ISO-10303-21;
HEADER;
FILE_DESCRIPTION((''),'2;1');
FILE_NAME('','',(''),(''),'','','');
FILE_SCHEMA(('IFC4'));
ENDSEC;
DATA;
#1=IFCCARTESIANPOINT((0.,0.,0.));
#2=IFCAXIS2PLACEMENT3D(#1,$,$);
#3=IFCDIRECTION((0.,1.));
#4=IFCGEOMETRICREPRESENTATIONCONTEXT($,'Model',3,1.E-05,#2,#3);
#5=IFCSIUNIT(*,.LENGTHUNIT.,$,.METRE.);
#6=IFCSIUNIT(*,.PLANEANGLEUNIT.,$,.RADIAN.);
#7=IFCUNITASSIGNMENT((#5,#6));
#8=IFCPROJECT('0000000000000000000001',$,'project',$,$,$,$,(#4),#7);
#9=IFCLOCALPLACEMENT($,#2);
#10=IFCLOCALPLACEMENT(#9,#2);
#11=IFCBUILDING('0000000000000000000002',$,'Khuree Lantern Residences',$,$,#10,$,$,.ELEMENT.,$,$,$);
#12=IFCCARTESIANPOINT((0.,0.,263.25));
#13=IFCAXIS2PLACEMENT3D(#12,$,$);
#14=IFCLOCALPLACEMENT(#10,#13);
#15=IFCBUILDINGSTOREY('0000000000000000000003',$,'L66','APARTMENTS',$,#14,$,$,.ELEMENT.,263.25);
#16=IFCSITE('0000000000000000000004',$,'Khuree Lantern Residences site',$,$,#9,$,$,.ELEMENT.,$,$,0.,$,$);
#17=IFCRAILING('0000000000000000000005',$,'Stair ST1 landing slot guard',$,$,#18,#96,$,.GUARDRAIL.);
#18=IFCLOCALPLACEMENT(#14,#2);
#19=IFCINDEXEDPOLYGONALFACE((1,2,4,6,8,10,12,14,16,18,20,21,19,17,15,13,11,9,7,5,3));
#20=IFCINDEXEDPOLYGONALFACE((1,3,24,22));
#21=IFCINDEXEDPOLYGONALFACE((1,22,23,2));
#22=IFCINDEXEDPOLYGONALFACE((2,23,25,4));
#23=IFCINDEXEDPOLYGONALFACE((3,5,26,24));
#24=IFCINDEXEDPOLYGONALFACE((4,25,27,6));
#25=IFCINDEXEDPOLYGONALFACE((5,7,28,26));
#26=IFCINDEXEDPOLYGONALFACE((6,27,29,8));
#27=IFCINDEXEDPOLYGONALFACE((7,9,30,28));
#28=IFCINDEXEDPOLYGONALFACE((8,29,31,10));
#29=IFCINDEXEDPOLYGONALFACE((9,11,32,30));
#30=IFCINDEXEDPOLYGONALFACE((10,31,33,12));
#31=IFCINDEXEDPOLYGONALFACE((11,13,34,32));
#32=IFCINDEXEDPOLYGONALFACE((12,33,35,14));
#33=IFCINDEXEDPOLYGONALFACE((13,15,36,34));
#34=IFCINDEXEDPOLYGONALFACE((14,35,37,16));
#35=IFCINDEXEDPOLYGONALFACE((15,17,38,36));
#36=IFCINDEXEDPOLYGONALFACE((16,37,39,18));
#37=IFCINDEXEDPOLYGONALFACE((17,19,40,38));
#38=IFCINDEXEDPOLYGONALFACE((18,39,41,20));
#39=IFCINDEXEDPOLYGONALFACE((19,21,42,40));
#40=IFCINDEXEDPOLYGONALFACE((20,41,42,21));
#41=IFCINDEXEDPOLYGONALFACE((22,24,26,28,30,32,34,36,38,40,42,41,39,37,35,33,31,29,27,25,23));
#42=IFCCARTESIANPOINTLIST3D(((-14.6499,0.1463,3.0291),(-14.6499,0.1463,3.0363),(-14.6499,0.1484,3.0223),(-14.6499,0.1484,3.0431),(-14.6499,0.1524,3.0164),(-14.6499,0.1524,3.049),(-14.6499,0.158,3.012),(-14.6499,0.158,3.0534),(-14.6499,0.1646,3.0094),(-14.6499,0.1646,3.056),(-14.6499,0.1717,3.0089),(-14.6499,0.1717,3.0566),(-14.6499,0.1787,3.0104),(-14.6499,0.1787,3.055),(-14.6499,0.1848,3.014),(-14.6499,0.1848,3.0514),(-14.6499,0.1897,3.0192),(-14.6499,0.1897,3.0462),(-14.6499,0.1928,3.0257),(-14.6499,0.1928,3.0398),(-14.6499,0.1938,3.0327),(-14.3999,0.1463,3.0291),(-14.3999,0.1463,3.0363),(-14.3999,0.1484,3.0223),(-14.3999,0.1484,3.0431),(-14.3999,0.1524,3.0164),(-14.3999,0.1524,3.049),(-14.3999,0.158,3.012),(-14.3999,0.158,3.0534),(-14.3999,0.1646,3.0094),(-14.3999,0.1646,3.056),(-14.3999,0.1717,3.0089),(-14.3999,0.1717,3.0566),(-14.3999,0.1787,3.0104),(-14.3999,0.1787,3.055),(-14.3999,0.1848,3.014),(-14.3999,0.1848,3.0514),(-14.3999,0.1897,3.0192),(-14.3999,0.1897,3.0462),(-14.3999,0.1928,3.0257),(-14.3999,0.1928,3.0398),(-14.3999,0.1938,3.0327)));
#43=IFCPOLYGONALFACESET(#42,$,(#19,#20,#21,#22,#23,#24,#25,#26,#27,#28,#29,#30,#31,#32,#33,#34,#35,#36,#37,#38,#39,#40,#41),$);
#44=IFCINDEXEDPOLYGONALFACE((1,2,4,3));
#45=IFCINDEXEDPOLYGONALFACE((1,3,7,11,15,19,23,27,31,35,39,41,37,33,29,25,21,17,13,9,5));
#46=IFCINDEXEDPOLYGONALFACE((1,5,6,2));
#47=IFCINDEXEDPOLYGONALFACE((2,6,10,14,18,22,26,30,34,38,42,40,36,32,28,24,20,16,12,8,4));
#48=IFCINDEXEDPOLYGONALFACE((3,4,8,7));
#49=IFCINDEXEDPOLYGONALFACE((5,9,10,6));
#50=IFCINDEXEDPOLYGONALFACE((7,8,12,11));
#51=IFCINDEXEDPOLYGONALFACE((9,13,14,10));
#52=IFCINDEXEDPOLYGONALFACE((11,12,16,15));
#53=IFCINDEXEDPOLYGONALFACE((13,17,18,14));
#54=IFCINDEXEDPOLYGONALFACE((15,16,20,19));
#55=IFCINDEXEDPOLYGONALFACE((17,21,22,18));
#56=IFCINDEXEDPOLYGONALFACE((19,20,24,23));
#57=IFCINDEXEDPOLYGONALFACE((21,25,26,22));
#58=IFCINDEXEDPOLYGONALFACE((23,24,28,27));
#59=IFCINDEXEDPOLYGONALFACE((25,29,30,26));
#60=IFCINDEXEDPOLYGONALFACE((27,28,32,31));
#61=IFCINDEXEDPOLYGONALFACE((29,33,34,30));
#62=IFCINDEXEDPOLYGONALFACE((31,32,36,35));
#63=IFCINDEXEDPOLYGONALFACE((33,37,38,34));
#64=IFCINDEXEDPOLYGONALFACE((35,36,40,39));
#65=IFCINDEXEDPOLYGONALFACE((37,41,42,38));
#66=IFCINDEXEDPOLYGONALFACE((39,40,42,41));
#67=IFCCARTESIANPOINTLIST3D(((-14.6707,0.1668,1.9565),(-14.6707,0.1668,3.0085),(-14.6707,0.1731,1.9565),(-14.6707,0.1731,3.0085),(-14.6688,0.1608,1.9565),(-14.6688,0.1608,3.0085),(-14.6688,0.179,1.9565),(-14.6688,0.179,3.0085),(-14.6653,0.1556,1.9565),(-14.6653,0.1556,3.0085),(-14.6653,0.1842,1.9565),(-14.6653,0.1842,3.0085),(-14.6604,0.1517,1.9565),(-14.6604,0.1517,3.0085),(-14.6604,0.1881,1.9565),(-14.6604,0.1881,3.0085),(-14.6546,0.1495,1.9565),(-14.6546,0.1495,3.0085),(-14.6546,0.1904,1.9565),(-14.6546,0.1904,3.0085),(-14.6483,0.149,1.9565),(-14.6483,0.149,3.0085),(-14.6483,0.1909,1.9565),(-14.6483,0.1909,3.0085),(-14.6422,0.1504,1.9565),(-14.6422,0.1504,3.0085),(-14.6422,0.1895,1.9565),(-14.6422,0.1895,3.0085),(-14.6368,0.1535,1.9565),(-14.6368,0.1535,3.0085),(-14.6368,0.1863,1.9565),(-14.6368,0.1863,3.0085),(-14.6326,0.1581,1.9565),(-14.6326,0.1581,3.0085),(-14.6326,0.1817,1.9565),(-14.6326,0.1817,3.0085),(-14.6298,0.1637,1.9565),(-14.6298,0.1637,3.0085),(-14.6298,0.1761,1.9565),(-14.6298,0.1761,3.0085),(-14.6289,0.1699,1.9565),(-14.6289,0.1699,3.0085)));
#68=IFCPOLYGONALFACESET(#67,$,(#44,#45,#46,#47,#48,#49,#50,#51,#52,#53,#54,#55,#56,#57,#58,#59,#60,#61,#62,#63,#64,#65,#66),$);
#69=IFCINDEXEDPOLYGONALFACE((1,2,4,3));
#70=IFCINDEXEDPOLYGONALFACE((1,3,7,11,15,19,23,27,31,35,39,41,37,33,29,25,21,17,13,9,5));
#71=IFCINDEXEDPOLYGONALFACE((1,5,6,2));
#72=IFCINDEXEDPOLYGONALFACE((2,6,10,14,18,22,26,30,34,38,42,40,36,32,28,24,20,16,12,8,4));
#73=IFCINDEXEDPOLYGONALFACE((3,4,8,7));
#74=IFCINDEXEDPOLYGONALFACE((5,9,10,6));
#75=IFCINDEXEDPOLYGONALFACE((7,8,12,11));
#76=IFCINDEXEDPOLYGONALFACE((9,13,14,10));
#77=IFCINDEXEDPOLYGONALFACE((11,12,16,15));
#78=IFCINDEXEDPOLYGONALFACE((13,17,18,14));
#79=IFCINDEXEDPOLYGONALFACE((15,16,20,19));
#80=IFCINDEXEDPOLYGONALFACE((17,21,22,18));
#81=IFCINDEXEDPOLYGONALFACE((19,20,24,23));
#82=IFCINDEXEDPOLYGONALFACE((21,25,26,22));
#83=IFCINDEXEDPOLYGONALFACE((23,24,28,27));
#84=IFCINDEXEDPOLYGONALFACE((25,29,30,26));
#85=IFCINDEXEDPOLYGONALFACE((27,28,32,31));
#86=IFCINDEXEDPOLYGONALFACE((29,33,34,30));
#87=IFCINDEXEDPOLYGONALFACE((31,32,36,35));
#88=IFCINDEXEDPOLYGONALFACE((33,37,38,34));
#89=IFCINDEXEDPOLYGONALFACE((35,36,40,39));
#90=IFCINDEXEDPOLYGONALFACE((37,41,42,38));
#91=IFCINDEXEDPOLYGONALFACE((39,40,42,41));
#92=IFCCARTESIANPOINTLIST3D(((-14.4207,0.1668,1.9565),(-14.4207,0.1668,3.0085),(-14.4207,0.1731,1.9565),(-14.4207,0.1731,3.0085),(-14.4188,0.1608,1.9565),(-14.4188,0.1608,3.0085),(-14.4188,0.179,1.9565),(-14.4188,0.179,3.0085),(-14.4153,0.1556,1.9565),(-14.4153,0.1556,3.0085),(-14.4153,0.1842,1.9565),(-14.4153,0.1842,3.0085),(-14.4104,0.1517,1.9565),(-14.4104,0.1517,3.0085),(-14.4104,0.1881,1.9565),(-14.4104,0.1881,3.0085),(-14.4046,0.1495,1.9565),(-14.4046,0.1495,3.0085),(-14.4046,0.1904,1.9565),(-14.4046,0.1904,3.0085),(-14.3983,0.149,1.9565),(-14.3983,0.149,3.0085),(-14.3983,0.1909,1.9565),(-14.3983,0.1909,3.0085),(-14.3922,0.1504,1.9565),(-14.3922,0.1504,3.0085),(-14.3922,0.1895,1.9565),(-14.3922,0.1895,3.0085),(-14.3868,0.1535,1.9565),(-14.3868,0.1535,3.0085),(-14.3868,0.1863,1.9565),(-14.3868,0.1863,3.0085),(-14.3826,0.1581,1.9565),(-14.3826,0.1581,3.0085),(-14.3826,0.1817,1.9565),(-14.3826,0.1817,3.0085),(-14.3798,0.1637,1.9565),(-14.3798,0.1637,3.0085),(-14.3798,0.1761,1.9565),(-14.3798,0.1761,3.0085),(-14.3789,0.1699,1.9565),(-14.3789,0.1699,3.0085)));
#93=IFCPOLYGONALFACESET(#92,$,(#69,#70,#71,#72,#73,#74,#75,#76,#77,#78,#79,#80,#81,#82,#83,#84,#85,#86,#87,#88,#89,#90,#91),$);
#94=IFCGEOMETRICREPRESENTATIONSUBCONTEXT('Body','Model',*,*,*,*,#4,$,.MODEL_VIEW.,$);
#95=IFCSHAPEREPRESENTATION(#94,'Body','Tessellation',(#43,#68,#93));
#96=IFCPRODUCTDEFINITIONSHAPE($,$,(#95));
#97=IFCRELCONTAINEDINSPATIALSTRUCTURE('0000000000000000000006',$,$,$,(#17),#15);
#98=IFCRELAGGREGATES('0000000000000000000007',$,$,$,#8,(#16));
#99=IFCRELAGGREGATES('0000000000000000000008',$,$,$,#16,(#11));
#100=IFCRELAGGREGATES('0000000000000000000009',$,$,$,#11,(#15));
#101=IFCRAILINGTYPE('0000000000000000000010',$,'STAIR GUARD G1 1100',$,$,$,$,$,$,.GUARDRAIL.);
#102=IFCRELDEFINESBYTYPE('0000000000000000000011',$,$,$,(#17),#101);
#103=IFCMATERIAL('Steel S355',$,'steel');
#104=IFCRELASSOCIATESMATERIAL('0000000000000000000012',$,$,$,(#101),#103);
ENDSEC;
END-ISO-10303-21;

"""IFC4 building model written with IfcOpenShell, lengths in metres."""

from ifc_helpers import new_model, si_unit, direction, frame, origin, origin_2d, place, context, subcontext, project, spatial, circle, extrude, material, type_object, element, save


model = new_model("IFC4")

# Units and contexts
model_context = context("Model", 3, precision=1e-05, world=origin(), true_north=direction((0.0, 1.0)))
body_context = subcontext(model_context, "Body", "Model", "MODEL_VIEW")
ifc_project = project(units=[si_unit("LENGTHUNIT", "METRE"), si_unit("PLANEANGLEUNIT", "RADIAN")], contexts=[model_context])

# Site, building, storey
site_placement = place(None, origin())
site = spatial("IfcSite", under=ifc_project, at=site_placement, Name="Khuree Lantern Residences site", CompositionType="ELEMENT", RefElevation=0.0)
building_placement = place(site_placement, origin())
building = spatial("IfcBuilding", under=site, at=building_placement, Name="Khuree Lantern Residences", CompositionType="ELEMENT")
storey_placement = place(building_placement, frame((0.0, 0.0, 263.25)))
storey = spatial("IfcBuildingStorey", under=building, at=storey_placement, Name="L66", Description="APARTMENTS", CompositionType="ELEMENT", Elevation=263.25)

# Railing
ifc_material_1 = material(Name="Steel S355", Category="steel")
railing_type = type_object("IfcRailingType", Name="STAIR GUARD G1 1100", PredefinedType="GUARDRAIL", material=ifc_material_1)
railing_placement = place(storey_placement, frame((-14.6499, 0.1699, 1.9565)))
element("IfcRailing", 1, at=railing_placement, inside=storey, type_object=railing_type, Name="Stair ST1 landing slot guard", PredefinedType="GUARDRAIL", context=body_context, shape_type="SweptSolid", body=[
    extrude(circle(Radius=0.0239, at=origin_2d()), frame((0.0, 0.0, 1.0762), z_axis=(1.0, 0.0, 0.0), x_axis=(0.0, 1.0, 0.0)), (0.0, 0.0, 1.0), 0.25),
    extrude(circle(Radius=0.021, at=origin_2d()), origin(), (0.0, 0.0, 1.0), 1.052),
    extrude(circle(Radius=0.021, at=origin_2d()), frame((0.25, 0.0, 0.0)), (0.0, 0.0, 1.0), 1.052),
])

save(model, "model.ifc")
